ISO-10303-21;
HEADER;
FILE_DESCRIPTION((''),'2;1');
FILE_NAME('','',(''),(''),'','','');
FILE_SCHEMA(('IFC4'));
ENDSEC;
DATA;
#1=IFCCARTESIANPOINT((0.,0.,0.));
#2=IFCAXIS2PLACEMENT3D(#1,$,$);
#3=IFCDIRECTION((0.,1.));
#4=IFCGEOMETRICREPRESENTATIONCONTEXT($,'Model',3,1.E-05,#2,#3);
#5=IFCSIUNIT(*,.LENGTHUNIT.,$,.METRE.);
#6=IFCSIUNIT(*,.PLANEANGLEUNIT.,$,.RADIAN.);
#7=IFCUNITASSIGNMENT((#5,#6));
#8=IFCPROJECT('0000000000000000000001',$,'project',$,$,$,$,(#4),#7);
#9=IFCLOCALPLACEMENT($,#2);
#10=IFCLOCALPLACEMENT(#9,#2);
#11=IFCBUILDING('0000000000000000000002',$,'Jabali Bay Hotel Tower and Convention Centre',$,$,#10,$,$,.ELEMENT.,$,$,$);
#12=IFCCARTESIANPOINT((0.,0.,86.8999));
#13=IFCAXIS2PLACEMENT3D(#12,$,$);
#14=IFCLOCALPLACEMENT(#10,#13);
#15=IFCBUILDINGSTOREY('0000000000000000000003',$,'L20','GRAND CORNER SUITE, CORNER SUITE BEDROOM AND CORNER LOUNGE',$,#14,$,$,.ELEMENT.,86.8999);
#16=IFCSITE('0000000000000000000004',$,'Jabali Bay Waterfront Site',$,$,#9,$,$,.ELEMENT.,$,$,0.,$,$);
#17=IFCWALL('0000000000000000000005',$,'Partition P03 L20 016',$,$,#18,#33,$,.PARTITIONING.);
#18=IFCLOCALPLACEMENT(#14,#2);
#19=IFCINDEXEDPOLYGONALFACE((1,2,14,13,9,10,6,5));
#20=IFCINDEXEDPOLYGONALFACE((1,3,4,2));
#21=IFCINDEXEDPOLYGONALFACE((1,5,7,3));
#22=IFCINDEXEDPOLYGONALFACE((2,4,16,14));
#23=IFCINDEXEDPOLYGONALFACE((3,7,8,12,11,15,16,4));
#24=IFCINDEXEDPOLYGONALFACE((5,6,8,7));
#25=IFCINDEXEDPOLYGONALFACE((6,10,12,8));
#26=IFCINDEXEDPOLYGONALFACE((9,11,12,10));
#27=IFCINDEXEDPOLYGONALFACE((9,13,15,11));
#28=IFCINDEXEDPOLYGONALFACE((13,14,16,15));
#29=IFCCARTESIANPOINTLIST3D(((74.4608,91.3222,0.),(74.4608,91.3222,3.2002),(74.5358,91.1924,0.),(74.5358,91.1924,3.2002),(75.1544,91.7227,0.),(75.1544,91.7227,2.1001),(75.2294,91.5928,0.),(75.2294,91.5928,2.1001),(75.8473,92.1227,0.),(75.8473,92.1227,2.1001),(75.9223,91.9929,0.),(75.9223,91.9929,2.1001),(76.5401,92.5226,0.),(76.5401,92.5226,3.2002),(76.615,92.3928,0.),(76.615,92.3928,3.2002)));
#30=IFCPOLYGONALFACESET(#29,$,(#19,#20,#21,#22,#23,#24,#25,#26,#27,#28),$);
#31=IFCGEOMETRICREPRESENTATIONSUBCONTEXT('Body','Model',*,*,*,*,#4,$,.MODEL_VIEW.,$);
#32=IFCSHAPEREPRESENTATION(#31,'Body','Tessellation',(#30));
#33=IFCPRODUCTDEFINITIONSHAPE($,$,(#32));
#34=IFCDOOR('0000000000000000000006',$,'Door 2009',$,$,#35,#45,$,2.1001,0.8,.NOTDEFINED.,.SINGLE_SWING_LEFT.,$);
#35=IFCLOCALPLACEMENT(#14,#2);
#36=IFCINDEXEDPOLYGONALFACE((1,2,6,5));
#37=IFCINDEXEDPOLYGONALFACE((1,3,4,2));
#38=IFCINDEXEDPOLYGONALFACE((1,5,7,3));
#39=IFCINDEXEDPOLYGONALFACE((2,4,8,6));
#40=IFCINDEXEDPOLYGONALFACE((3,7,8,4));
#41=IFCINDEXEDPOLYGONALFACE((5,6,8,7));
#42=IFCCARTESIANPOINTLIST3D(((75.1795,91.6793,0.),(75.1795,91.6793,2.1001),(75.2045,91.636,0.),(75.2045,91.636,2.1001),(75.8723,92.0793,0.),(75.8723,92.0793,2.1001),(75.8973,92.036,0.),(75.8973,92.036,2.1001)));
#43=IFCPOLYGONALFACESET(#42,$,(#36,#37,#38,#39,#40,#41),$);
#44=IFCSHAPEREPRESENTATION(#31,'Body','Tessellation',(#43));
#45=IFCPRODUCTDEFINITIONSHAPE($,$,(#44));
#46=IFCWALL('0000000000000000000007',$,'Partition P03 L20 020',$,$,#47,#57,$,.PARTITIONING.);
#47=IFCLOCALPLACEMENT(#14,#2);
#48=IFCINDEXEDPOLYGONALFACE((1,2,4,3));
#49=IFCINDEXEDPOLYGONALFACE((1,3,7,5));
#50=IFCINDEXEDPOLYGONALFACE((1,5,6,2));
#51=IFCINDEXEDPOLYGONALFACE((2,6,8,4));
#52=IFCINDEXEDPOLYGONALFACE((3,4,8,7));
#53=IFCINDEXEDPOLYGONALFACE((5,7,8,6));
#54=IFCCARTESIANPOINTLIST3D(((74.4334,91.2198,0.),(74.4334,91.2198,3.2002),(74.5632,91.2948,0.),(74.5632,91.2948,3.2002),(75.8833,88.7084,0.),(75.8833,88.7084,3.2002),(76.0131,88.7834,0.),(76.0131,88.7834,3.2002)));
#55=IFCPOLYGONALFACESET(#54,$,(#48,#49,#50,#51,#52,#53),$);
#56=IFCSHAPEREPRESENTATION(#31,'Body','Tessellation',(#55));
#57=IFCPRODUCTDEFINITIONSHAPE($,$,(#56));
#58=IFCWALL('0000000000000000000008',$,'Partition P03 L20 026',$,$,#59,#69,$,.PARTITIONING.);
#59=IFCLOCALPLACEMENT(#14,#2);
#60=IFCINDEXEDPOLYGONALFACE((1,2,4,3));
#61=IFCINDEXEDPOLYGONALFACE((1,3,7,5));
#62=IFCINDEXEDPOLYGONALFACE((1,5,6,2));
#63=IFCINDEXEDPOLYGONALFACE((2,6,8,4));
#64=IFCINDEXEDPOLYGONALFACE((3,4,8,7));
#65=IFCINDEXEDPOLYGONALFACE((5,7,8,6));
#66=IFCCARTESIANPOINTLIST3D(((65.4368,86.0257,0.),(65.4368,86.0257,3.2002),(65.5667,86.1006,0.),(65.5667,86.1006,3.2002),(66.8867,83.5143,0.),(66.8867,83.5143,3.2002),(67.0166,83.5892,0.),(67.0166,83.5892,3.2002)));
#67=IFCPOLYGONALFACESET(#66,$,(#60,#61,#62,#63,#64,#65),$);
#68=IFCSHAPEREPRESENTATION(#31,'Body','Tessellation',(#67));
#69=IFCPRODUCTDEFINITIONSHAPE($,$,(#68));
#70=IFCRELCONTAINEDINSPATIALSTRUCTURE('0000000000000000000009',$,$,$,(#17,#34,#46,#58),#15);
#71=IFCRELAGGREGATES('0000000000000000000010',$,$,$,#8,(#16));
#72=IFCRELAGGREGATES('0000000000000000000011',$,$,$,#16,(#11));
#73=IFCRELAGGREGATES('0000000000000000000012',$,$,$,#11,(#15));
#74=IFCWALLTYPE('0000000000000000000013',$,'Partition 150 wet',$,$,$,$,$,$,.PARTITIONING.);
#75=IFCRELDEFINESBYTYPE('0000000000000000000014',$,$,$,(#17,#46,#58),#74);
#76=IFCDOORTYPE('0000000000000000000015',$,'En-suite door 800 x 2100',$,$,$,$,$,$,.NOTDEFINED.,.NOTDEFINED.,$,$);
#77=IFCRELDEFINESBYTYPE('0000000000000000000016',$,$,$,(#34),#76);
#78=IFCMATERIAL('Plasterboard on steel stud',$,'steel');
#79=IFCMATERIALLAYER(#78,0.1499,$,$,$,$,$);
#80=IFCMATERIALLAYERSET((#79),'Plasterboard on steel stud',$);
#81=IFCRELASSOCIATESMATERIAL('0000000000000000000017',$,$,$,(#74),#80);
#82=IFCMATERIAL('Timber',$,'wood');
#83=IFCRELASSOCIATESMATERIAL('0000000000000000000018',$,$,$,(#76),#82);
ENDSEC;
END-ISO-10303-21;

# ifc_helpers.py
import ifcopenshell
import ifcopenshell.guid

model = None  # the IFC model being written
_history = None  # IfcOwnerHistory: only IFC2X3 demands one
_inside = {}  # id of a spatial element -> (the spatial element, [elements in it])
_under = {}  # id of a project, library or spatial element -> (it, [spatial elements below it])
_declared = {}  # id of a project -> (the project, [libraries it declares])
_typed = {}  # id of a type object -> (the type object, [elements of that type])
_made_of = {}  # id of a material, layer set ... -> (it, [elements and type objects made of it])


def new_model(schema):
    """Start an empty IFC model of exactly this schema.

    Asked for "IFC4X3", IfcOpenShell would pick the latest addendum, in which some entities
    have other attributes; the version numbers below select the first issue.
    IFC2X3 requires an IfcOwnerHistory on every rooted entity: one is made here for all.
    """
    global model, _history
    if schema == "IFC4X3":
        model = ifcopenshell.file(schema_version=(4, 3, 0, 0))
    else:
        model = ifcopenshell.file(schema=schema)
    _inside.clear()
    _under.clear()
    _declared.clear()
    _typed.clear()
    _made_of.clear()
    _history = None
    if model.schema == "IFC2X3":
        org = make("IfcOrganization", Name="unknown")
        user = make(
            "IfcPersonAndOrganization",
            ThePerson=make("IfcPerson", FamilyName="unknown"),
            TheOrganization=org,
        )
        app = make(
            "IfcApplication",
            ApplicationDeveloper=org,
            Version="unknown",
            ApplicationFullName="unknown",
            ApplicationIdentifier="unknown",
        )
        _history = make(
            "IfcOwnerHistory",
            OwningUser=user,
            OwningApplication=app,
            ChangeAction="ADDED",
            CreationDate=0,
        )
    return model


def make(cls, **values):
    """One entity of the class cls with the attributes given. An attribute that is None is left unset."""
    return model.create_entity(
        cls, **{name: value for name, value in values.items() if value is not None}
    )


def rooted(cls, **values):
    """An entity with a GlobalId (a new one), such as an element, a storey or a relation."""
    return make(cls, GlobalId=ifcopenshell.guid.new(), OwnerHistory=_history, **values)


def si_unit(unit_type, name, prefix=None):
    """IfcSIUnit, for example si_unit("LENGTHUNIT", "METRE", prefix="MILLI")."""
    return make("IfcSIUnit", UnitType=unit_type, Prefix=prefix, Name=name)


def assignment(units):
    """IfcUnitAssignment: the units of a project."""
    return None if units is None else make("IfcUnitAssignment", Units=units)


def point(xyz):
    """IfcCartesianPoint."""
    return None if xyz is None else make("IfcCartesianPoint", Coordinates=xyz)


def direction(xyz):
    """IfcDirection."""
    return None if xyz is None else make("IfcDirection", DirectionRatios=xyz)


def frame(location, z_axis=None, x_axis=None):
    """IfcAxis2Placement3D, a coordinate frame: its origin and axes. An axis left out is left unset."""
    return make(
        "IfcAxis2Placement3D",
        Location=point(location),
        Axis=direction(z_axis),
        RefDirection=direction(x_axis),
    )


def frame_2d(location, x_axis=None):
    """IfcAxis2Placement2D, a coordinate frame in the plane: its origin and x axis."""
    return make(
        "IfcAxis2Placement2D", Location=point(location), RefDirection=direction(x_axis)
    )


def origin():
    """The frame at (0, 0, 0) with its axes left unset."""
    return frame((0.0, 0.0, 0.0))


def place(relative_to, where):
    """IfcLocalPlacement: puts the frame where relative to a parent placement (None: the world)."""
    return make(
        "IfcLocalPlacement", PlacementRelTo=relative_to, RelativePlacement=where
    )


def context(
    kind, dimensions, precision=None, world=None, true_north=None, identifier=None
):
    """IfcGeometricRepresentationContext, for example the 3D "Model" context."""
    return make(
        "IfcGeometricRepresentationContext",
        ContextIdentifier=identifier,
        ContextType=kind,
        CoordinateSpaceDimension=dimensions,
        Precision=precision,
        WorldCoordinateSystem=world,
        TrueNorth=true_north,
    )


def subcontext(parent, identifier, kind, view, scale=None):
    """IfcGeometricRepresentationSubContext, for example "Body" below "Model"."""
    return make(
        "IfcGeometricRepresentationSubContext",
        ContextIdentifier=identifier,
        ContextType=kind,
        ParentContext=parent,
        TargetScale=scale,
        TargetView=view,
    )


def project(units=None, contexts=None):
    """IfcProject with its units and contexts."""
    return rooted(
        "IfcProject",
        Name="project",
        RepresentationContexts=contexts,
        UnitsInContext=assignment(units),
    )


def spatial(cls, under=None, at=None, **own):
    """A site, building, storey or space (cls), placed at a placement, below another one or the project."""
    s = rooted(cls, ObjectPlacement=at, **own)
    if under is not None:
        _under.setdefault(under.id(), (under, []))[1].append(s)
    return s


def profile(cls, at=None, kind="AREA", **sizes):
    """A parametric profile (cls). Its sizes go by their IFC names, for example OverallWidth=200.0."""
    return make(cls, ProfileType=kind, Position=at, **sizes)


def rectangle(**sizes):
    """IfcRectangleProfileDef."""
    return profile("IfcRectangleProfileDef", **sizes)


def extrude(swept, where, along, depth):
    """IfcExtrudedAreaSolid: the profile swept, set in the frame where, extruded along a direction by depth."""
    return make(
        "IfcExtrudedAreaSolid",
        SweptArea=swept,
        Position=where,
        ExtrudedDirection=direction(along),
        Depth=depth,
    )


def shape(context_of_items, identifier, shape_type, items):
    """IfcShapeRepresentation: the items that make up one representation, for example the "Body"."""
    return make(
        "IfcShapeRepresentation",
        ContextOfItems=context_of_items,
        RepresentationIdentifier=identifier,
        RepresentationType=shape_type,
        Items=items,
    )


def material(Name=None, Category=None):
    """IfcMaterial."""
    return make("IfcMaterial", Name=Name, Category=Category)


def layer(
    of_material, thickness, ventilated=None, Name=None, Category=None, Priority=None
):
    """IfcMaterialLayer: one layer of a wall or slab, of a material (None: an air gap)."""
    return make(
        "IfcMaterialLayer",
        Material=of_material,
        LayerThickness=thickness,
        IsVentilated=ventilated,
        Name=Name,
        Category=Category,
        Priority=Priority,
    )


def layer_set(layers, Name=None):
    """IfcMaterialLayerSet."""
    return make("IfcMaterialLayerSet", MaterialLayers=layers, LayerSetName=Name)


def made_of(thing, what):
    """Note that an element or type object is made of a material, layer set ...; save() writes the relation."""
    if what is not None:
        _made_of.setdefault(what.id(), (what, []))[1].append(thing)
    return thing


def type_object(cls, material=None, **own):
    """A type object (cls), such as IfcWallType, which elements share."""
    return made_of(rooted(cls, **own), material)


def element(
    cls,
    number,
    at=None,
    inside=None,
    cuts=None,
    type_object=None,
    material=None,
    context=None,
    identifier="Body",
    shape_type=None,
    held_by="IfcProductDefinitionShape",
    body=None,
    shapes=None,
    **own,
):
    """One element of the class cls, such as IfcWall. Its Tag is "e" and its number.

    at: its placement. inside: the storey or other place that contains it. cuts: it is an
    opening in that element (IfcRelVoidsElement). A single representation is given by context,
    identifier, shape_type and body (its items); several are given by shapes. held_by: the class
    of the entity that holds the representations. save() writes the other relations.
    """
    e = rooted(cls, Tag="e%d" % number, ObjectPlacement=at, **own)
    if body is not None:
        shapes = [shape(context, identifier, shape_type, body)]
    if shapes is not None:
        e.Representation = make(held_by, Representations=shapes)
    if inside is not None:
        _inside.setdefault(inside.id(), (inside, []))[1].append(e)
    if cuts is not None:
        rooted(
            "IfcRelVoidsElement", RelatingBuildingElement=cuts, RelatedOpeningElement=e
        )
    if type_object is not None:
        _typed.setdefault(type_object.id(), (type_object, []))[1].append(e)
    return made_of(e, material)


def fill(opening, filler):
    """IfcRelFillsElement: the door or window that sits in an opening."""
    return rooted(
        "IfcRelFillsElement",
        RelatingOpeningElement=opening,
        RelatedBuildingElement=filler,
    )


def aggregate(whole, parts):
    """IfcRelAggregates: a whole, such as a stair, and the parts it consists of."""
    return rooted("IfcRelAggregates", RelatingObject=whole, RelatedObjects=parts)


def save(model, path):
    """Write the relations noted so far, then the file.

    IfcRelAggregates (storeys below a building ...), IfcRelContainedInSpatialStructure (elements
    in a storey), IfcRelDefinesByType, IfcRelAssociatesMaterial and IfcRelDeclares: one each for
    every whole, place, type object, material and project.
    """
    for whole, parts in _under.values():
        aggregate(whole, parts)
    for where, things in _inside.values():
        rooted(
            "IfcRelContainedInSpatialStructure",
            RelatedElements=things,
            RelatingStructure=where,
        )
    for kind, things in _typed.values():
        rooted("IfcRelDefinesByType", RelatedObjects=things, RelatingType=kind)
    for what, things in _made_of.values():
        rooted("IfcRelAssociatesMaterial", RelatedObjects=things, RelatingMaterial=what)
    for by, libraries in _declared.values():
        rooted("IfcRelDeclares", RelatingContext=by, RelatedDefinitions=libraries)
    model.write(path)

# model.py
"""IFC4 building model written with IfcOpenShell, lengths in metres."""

from ifc_helpers import new_model, si_unit, direction, frame, frame_2d, origin, place, context, subcontext, project, spatial, rectangle, extrude, material, layer, layer_set, type_object, element, fill, save


model = new_model("IFC4")

# Units and contexts
model_context = context("Model", 3, precision=1e-05, world=origin(), true_north=direction((0.0, 1.0)))
body_context = subcontext(model_context, "Body", "Model", "MODEL_VIEW")
ifc_project = project(units=[si_unit("LENGTHUNIT", "METRE"), si_unit("PLANEANGLEUNIT", "RADIAN")], contexts=[model_context])

# Site, building, storey
site_placement = place(None, origin())
site = spatial("IfcSite", under=ifc_project, at=site_placement, Name="Jabali Bay Waterfront Site", CompositionType="ELEMENT", RefElevation=0.0)
building_placement = place(site_placement, origin())
building = spatial("IfcBuilding", under=site, at=building_placement, Name="Jabali Bay Hotel Tower and Convention Centre", CompositionType="ELEMENT")
storey_placement = place(building_placement, frame((0.0, 0.0, 86.8999)))
storey = spatial("IfcBuildingStorey", under=building, at=storey_placement, Name="L20", Description="GRAND CORNER SUITE, CORNER SUITE BEDROOM AND CORNER LOUNGE", CompositionType="ELEMENT", Elevation=86.8999)

# Shared definitions
ifc_material_1 = material(Name="Timber", Category="wood")

# Shared definitions
ifc_material_2 = material(Name="Plasterboard on steel stud", Category="steel")

# Wall, opening, door
ifc_layer_1 = layer(ifc_material_2, 0.1499)
ifc_layer_set_1 = layer_set([ifc_layer_1], Name="Plasterboard on steel stud")
wall_type_1 = type_object("IfcWallType", Name="Partition 150 wet", PredefinedType="PARTITIONING", material=ifc_layer_set_1)
wall_1_placement = place(storey_placement, frame((74.4983, 91.2573, 0.0), z_axis=(0.0, 0.0, 1.0), x_axis=(0.866038, 0.499978, 0.0)))
wall_1 = element("IfcWall", 1, at=wall_1_placement, inside=storey, type_object=wall_type_1, Name="Partition P03 L20 016", PredefinedType="PARTITIONING", context=body_context, shape_type="SweptSolid", body=[
    extrude(rectangle(XDim=2.4009, YDim=0.1499, at=frame_2d((1.2004, 0.0))), origin(), (0.0, 0.0, 1.0), 3.2002),
])
opening_1_placement = place(wall_1_placement, frame((0.801, 0.0, 0.0)))
opening_1 = element("IfcOpeningElement", 2, at=opening_1_placement, cuts=wall_1, PredefinedType="OPENING", context=body_context, shape_type="SweptSolid", body=[
    extrude(rectangle(XDim=0.8, YDim=2.1001, at=frame_2d((0.3999, 1.05))), frame((0.0, 0.0854, 0.0), z_axis=(0.0, -1.0, 0.0), x_axis=(1.0, 0.0, 0.0)), (0.0, 0.0, 1.0), 0.1709),
])
door_type_1 = type_object("IfcDoorType", Name="En-suite door 800 x 2100", OperationType="NOTDEFINED", PredefinedType="NOTDEFINED", material=ifc_material_1)
door_1_placement = place(opening_1_placement, origin())
door_1 = element("IfcDoor", 3, at=door_1_placement, inside=storey, type_object=door_type_1, Name="Door 2009", OperationType="SINGLE_SWING_LEFT", OverallHeight=2.1001, OverallWidth=0.8, PredefinedType="NOTDEFINED", context=body_context, shape_type="SweptSolid", body=[
    extrude(rectangle(XDim=0.8, YDim=2.1001, at=frame_2d((0.3999, 1.05))), frame((0.0, 0.0249, 0.0), z_axis=(0.0, -1.0, 0.0), x_axis=(1.0, 0.0, 0.0)), (0.0, 0.0, 1.0), 0.05),
])
fill(opening_1, door_1)

# Walls
for number, where, z_axis, x_axis, name in (
    (4, (74.4983, 91.2573, 0.0), (0.0, 0.0, 1.0), (0.499987, -0.866033, 0.0), "Partition P03 L20 020"),
    (5, (66.9517, 83.5518, 0.0), (0.0, 0.0, 1.0), (-0.499987, 0.866033, 0.0), "Partition P03 L20 026"),
):
    element("IfcWall", number, at=place(storey_placement, frame(where, z_axis=z_axis, x_axis=x_axis)), inside=storey, type_object=wall_type_1, Name=name, PredefinedType="PARTITIONING", context=body_context, shape_type="SweptSolid", body=[
        extrude(rectangle(XDim=2.8999, YDim=0.1499, at=frame_2d((1.45, 0.0))), origin(), (0.0, 0.0, 1.0), 3.2002),
    ])

save(model, "model.ifc")
